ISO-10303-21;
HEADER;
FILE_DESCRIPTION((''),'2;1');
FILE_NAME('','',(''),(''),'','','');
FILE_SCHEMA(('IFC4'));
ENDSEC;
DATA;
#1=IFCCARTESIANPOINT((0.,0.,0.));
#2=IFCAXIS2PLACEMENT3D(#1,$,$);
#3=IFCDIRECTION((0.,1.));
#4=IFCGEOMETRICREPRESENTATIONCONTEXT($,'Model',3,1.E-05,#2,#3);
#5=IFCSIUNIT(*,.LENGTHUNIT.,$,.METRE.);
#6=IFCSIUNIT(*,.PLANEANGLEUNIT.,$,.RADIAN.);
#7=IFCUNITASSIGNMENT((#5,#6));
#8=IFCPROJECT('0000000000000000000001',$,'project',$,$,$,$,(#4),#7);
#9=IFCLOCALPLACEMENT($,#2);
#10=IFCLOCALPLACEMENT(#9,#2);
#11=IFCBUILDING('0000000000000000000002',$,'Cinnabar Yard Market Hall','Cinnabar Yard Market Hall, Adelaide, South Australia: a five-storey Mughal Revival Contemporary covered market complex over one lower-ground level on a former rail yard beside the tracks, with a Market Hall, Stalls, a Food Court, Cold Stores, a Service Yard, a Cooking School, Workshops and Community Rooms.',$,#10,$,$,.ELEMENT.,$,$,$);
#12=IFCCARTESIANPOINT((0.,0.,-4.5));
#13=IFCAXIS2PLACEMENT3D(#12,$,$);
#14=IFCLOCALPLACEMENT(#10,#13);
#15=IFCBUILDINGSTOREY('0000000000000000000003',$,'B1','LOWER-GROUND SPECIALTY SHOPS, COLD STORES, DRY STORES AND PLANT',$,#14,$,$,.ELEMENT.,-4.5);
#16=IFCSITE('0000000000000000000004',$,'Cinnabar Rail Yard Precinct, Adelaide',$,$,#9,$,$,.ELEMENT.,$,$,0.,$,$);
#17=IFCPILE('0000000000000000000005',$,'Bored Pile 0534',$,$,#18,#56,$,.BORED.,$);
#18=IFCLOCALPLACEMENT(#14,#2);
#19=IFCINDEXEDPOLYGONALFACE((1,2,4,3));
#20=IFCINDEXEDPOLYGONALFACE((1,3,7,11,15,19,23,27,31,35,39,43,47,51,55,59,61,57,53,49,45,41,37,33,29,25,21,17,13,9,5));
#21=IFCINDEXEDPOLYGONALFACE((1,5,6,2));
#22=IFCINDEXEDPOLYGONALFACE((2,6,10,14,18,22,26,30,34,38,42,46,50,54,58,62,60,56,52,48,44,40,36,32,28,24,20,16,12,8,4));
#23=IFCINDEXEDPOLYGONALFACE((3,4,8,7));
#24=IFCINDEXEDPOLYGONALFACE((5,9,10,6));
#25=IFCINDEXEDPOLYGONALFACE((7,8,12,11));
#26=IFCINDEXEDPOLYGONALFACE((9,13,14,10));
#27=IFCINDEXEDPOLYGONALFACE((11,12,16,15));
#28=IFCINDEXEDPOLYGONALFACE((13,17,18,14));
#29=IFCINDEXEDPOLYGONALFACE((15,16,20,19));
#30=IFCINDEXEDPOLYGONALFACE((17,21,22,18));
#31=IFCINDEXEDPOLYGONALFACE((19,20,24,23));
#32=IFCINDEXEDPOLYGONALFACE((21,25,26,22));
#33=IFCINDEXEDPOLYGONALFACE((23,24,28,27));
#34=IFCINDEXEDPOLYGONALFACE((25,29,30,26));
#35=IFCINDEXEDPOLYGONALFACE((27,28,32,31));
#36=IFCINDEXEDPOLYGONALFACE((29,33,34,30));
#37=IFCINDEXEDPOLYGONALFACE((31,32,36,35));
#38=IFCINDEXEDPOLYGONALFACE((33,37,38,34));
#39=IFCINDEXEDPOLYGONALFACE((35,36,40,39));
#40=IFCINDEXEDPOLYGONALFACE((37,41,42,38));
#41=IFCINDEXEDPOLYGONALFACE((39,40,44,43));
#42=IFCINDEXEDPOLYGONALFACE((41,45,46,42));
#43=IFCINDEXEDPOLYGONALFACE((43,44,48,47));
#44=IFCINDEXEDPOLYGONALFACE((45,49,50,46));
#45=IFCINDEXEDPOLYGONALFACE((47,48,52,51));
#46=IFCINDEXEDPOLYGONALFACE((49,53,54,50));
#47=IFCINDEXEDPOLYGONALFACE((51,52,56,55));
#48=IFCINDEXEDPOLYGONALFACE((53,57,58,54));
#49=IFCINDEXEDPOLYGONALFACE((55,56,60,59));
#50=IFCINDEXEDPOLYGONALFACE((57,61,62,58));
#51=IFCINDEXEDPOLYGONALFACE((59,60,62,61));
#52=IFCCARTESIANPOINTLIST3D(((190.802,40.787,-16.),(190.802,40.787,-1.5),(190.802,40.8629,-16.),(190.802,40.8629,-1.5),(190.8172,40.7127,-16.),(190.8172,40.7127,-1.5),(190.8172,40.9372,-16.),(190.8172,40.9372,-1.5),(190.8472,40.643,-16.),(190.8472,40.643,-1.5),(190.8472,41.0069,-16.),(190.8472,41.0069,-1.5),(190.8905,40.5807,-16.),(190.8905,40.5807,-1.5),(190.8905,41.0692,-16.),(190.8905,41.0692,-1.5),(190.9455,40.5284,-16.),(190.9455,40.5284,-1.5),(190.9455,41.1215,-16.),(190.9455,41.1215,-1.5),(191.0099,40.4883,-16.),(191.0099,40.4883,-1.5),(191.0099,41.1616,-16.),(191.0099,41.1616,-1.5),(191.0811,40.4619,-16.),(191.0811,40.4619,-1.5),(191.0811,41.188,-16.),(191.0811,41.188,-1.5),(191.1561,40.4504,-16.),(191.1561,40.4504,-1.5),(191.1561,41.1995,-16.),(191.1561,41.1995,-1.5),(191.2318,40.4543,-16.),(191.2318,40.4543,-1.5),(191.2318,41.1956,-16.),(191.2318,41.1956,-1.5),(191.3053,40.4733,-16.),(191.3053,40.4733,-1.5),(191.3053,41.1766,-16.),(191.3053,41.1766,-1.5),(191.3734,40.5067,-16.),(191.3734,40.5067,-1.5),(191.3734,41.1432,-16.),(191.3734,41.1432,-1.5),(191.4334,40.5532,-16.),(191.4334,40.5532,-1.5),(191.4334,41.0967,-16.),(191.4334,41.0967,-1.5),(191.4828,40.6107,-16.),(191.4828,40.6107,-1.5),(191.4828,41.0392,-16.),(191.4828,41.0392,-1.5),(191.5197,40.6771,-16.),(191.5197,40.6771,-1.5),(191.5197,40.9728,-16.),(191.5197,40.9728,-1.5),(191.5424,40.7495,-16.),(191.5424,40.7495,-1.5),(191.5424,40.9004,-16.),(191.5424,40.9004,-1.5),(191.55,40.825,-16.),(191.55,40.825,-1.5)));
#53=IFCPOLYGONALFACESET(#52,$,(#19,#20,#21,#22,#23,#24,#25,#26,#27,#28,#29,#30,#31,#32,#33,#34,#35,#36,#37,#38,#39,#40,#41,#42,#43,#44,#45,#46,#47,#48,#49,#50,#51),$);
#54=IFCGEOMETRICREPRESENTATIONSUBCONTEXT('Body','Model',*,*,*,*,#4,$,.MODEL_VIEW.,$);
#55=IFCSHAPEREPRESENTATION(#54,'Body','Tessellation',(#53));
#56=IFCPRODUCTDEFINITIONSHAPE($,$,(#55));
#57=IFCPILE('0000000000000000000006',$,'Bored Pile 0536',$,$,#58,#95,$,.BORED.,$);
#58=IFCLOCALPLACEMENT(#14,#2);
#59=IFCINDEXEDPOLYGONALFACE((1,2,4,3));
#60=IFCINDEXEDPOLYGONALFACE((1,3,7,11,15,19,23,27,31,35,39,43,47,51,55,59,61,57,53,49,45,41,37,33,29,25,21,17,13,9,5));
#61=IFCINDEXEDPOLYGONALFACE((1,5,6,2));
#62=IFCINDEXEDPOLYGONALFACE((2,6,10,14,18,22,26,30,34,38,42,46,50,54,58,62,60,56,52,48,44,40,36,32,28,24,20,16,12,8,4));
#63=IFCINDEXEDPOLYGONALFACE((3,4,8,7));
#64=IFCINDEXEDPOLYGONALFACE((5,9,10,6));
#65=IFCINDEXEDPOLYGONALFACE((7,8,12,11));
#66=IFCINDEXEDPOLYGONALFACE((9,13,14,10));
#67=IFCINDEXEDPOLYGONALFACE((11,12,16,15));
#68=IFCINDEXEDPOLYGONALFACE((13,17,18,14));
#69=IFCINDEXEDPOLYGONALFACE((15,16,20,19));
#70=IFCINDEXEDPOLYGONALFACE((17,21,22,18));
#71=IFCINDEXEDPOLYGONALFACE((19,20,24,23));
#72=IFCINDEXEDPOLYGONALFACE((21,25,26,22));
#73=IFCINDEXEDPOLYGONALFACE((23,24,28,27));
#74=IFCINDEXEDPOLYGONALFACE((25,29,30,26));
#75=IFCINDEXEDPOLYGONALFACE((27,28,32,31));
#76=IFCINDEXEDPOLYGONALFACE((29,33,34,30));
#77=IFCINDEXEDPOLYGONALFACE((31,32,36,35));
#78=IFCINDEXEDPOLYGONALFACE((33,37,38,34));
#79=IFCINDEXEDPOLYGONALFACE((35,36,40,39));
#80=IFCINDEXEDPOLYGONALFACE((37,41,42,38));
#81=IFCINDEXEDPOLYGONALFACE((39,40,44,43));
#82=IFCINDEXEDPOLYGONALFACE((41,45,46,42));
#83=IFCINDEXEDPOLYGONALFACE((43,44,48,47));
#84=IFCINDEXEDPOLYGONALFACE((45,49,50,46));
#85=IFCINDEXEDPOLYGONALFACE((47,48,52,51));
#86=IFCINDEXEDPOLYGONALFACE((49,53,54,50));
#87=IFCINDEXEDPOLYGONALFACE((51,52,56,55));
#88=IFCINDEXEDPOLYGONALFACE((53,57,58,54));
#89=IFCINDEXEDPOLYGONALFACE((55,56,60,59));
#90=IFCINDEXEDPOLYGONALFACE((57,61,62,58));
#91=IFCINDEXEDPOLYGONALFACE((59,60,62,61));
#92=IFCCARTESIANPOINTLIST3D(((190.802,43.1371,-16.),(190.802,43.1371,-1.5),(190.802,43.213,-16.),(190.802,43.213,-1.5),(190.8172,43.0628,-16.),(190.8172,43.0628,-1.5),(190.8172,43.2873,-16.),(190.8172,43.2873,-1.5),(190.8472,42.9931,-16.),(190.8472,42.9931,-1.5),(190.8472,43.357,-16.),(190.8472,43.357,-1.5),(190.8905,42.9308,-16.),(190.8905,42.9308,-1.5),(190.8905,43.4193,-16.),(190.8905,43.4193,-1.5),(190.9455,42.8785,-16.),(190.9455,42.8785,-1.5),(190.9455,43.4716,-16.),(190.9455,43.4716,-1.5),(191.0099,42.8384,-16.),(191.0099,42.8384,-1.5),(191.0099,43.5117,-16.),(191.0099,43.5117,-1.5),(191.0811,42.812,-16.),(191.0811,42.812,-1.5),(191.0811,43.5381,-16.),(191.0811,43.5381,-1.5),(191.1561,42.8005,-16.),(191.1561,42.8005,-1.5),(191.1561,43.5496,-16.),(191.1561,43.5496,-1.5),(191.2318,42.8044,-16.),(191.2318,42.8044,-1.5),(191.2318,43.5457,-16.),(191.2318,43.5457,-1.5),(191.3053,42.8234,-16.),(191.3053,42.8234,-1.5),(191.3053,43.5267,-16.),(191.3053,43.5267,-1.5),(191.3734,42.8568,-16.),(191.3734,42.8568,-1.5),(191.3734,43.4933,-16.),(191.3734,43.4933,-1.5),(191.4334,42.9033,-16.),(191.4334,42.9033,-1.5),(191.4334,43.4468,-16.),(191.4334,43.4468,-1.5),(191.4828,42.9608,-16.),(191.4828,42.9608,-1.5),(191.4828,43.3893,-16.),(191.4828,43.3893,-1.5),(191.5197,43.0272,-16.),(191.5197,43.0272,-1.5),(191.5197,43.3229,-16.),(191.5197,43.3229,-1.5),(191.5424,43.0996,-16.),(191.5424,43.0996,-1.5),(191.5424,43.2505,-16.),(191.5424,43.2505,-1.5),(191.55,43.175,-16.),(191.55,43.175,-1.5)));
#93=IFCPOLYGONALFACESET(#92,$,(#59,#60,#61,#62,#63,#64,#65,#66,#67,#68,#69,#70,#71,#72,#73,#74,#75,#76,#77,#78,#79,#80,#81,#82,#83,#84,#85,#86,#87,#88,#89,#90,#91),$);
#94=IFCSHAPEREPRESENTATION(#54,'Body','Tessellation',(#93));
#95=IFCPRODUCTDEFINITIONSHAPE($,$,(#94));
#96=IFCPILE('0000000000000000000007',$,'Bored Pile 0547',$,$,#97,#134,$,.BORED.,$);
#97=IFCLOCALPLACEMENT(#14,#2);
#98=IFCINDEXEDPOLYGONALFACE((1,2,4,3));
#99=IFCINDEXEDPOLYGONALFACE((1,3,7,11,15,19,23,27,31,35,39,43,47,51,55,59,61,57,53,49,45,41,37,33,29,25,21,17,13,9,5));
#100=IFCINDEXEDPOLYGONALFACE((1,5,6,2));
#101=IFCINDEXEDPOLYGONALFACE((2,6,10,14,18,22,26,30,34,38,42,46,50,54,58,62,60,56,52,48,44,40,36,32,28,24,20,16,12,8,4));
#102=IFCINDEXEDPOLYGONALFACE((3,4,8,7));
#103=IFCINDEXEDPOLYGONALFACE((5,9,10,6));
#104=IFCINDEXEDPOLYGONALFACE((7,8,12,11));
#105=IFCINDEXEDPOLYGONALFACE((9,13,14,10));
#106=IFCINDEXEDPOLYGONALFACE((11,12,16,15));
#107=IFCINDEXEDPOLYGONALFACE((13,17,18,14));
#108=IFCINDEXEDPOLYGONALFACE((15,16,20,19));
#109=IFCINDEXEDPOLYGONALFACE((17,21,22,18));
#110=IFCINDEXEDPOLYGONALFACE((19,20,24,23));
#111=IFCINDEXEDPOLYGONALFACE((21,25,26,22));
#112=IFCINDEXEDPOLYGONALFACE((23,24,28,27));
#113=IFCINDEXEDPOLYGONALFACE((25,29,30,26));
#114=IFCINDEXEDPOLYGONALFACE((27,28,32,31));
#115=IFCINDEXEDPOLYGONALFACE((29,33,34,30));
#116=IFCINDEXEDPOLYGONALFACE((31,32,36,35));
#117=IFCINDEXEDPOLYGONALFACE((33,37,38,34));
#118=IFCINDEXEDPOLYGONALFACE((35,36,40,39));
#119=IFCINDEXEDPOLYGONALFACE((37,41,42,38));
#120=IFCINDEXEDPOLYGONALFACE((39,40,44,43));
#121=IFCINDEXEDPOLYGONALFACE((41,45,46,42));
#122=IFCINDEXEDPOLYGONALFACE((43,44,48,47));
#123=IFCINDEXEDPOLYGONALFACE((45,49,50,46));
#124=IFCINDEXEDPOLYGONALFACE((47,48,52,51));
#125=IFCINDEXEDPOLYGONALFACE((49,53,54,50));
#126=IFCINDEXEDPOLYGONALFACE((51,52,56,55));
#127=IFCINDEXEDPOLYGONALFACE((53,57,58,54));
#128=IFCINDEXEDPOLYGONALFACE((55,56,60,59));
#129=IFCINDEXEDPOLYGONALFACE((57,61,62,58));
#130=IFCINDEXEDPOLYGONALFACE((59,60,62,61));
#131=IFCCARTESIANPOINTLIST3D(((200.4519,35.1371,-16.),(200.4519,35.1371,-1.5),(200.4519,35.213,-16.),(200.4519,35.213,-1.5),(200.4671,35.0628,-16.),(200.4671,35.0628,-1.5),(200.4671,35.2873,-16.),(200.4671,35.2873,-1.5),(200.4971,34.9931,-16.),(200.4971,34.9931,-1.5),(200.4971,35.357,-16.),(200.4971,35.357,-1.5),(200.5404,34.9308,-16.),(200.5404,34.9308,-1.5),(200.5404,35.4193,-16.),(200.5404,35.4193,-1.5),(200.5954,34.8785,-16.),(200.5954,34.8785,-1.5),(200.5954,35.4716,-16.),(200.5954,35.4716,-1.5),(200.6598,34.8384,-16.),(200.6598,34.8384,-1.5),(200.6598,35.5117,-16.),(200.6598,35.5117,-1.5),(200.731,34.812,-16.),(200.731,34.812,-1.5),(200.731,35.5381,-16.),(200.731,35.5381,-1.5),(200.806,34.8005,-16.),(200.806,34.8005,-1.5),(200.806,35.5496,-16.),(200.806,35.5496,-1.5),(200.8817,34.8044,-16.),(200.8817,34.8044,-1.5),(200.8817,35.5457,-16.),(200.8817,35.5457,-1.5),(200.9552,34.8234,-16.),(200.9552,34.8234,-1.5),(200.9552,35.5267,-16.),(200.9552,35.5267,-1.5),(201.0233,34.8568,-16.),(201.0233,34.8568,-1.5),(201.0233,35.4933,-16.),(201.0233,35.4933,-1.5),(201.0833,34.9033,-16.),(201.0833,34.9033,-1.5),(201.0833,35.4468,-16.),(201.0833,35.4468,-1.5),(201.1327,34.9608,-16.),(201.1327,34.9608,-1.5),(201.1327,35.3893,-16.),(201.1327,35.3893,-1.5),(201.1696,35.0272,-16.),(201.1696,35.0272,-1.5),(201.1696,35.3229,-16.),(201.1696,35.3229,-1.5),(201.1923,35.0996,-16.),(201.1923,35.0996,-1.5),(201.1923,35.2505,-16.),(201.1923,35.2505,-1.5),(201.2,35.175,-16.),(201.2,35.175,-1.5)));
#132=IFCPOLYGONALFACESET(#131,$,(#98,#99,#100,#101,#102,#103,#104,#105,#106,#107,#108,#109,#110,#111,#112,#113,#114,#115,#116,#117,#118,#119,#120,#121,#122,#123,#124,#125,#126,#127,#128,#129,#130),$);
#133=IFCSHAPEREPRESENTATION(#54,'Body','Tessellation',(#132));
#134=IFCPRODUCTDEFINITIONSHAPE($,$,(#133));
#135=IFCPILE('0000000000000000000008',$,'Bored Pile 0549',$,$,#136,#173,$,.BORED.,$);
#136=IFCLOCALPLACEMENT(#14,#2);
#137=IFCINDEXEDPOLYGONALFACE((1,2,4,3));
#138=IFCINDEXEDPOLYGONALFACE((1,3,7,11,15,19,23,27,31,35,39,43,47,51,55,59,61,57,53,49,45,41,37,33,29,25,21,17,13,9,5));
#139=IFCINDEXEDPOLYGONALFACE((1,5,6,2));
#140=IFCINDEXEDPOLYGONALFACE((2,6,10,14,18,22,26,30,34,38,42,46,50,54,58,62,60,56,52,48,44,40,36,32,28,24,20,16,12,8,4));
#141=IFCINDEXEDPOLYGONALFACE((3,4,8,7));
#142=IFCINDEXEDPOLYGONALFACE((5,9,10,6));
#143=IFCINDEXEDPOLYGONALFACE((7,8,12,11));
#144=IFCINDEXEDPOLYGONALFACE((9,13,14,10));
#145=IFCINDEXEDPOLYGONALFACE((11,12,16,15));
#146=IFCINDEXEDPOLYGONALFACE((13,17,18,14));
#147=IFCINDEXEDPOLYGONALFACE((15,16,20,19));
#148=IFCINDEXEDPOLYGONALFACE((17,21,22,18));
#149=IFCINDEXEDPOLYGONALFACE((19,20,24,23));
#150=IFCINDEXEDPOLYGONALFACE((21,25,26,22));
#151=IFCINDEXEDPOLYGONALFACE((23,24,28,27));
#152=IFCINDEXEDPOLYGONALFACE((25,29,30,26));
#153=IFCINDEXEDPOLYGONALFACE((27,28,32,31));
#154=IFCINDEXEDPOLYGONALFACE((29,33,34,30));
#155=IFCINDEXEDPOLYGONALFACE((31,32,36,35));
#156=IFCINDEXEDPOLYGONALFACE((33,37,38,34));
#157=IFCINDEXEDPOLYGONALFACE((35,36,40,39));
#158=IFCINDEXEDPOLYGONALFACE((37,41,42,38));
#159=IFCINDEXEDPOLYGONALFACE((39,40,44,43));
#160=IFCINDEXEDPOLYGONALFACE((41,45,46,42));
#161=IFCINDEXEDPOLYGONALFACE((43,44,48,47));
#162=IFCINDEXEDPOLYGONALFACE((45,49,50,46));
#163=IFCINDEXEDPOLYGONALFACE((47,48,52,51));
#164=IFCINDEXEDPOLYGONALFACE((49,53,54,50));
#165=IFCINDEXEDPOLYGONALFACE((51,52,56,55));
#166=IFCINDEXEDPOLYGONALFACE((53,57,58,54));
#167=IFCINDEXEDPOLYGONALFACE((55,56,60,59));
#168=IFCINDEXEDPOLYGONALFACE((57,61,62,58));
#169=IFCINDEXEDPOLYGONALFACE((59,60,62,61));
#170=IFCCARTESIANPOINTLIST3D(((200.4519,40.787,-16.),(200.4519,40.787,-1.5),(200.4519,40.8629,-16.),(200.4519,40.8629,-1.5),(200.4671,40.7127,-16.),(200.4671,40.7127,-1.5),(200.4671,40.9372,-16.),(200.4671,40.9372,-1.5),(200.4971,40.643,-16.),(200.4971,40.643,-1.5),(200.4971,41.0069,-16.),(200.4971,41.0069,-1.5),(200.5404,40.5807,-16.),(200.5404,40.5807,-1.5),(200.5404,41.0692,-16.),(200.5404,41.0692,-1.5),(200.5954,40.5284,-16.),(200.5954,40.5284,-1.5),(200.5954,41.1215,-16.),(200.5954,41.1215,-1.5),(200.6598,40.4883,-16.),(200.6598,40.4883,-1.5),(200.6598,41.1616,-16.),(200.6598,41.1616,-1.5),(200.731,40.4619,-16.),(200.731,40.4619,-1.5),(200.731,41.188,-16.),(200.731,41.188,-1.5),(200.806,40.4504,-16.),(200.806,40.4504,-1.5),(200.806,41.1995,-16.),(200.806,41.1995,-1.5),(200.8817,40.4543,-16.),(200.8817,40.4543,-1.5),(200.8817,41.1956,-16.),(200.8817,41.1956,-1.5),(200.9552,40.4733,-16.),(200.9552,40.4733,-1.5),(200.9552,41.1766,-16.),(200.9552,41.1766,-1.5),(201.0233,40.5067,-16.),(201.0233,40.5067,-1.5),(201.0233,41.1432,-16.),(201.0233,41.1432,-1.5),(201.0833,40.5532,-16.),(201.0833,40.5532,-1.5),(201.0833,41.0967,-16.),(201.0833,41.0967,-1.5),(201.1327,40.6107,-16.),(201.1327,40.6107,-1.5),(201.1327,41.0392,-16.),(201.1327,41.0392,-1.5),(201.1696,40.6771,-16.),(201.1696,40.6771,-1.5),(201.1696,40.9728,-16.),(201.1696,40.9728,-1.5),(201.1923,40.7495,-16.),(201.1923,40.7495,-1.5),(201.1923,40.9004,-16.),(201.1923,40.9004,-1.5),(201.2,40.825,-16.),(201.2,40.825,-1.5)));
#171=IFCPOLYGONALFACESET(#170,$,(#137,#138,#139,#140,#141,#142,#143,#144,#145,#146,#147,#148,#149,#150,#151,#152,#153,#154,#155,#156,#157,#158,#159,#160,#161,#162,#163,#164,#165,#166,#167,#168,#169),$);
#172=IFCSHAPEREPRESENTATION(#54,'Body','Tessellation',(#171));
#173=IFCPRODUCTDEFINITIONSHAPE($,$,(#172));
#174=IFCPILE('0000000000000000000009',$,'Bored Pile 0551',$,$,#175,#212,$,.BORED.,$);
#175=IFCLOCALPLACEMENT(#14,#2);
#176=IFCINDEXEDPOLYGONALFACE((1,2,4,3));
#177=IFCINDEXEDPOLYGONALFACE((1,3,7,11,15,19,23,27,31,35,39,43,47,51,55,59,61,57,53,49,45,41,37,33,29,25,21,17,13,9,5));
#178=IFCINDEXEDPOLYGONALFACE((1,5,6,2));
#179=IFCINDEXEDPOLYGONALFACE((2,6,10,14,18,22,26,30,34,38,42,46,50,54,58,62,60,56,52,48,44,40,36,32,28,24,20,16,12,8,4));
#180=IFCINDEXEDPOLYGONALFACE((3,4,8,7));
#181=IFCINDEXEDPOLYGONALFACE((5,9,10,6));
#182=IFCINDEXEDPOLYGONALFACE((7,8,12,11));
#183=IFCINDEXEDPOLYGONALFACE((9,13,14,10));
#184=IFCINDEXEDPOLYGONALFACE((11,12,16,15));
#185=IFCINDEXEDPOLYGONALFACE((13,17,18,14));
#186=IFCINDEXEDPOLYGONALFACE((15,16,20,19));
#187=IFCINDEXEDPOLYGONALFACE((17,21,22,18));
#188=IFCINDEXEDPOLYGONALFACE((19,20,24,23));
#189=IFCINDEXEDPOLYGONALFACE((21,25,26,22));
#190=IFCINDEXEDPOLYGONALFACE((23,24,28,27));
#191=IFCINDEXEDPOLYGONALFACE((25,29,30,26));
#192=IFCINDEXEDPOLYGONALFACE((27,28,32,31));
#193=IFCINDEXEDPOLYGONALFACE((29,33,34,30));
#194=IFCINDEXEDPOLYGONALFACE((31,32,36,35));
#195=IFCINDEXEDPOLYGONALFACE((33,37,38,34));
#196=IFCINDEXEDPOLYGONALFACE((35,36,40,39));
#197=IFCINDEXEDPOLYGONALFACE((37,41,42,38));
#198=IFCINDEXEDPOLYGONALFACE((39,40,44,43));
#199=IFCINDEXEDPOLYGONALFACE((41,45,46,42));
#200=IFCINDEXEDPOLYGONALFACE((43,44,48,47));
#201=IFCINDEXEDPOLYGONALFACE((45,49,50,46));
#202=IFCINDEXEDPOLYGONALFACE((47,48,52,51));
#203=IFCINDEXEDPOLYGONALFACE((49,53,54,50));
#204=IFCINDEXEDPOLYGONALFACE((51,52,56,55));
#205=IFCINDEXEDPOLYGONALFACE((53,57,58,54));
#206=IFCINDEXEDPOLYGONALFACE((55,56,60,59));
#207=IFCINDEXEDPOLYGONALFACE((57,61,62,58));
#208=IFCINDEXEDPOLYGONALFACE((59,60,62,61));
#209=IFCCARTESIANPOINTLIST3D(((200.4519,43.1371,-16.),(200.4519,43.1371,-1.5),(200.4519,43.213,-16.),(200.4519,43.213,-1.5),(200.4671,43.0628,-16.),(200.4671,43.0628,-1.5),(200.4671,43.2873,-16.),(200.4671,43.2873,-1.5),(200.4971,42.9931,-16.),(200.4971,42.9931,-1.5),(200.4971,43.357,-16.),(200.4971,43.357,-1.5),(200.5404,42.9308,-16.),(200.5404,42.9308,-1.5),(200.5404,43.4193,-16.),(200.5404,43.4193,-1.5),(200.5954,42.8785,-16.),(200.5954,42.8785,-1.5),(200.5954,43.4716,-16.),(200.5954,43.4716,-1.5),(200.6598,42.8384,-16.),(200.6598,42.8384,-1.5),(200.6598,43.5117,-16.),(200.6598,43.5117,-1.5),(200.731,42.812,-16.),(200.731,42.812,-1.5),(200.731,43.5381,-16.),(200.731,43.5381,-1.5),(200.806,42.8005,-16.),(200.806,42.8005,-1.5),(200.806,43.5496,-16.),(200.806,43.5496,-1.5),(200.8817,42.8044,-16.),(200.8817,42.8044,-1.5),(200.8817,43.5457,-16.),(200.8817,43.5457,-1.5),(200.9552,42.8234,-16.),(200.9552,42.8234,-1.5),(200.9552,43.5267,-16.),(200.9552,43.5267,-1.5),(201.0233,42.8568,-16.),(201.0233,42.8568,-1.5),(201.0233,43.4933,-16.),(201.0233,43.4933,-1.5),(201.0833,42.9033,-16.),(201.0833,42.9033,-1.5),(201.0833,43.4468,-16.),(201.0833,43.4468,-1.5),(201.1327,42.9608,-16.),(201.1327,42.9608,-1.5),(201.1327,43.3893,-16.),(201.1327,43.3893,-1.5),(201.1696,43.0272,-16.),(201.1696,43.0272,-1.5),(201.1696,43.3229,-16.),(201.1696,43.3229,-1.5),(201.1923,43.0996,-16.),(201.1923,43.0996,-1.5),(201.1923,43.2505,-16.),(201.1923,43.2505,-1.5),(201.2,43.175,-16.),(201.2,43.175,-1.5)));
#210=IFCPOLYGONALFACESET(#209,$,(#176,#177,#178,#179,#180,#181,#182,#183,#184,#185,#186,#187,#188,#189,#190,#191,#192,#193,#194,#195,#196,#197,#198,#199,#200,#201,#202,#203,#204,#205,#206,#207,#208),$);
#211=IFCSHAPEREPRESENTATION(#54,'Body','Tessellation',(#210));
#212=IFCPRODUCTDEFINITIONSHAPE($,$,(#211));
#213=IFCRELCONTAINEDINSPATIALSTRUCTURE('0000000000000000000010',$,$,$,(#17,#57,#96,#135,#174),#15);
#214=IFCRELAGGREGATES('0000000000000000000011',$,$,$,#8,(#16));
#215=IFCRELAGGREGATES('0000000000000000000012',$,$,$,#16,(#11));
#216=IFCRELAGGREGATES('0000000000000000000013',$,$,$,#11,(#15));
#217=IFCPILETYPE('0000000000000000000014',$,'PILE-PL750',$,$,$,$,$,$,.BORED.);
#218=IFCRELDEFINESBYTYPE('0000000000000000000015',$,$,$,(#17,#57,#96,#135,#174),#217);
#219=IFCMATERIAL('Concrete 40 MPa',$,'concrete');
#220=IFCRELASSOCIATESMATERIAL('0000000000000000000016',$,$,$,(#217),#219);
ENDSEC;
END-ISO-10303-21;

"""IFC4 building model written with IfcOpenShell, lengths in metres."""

from ifc_helpers import new_model, si_unit, direction, frame, origin, origin_2d_with_axis, place, context, subcontext, project, spatial, circle, extrude, material, material_profile, profile_set, type_object, element, save


model = new_model("IFC4")

# Units and contexts
model_context = context("Model", 3, precision=1e-05, world=origin(), true_north=direction((0.0, 1.0)))
body_context = subcontext(model_context, "Body", "Model", "MODEL_VIEW")
ifc_project = project(units=[si_unit("LENGTHUNIT", "METRE"), si_unit("PLANEANGLEUNIT", "RADIAN")], contexts=[model_context])

# Site, building, storey
site_placement = place(None, origin())
site = spatial("IfcSite", under=ifc_project, at=site_placement, Name="Cinnabar Rail Yard Precinct, Adelaide", CompositionType="ELEMENT", RefElevation=0.0)
building_placement = place(site_placement, origin())
building = spatial("IfcBuilding", under=site, at=building_placement, Name="Cinnabar Yard Market Hall", Description="Cinnabar Yard Market Hall, Adelaide, South Australia: a five-storey Mughal Revival Contemporary covered market complex over one lower-ground level on a former rail yard beside the tracks, with a Market Hall, Stalls, a Food Court, Cold Stores, a Service Yard, a Cooking School, Workshops and Community Rooms.", CompositionType="ELEMENT")
storey_placement = place(building_placement, frame((0.0, 0.0, -4.5)))
storey = spatial("IfcBuildingStorey", under=building, at=storey_placement, Name="B1", Description="LOWER-GROUND SPECIALTY SHOPS, COLD STORES, DRY STORES AND PLANT", CompositionType="ELEMENT", Elevation=-4.5)

# Shared definitions
ifc_material_1 = material(Name="Concrete 40 MPa", Category="concrete")

# Piles
ifc_material_profile_1 = material_profile(ifc_material_1, circle(Radius=0.375, at=origin_2d_with_axis()), Name="PILE-D750")
ifc_profile_set_1 = profile_set([ifc_material_profile_1], Name="Concrete 40 MPa")
pile_type = type_object("IfcPileType", Name="PILE-PL750", PredefinedType="BORED", material=ifc_profile_set_1)
for number, where, z_axis, x_axis, name in (
    (1, (191.175, 40.825, -1.5), (0.0, 0.0, -1.0), (1.0, 0.0, 0.0), "Bored Pile 0534"),
    (2, (191.175, 43.175, -1.5), (0.0, 0.0, -1.0), (1.0, 0.0, 0.0), "Bored Pile 0536"),
    (3, (200.825, 35.175, -1.5), (0.0, 0.0, -1.0), (1.0, 0.0, 0.0), "Bored Pile 0547"),
    (4, (200.825, 40.825, -1.5), (0.0, 0.0, -1.0), (1.0, 0.0, 0.0), "Bored Pile 0549"),
    (5, (200.825, 43.175, -1.5), (0.0, 0.0, -1.0), (1.0, 0.0, 0.0), "Bored Pile 0551"),
):
    element("IfcPile", number, at=place(storey_placement, frame(where, z_axis=z_axis, x_axis=x_axis)), inside=storey, type_object=pile_type, Name=name, PredefinedType="BORED", context=body_context, shape_type="SweptSolid", body=[
        extrude(circle(Radius=0.375, at=origin_2d_with_axis()), origin(), (0.0, 0.0, 1.0), 14.5),
    ])

save(model, "model.ifc")
